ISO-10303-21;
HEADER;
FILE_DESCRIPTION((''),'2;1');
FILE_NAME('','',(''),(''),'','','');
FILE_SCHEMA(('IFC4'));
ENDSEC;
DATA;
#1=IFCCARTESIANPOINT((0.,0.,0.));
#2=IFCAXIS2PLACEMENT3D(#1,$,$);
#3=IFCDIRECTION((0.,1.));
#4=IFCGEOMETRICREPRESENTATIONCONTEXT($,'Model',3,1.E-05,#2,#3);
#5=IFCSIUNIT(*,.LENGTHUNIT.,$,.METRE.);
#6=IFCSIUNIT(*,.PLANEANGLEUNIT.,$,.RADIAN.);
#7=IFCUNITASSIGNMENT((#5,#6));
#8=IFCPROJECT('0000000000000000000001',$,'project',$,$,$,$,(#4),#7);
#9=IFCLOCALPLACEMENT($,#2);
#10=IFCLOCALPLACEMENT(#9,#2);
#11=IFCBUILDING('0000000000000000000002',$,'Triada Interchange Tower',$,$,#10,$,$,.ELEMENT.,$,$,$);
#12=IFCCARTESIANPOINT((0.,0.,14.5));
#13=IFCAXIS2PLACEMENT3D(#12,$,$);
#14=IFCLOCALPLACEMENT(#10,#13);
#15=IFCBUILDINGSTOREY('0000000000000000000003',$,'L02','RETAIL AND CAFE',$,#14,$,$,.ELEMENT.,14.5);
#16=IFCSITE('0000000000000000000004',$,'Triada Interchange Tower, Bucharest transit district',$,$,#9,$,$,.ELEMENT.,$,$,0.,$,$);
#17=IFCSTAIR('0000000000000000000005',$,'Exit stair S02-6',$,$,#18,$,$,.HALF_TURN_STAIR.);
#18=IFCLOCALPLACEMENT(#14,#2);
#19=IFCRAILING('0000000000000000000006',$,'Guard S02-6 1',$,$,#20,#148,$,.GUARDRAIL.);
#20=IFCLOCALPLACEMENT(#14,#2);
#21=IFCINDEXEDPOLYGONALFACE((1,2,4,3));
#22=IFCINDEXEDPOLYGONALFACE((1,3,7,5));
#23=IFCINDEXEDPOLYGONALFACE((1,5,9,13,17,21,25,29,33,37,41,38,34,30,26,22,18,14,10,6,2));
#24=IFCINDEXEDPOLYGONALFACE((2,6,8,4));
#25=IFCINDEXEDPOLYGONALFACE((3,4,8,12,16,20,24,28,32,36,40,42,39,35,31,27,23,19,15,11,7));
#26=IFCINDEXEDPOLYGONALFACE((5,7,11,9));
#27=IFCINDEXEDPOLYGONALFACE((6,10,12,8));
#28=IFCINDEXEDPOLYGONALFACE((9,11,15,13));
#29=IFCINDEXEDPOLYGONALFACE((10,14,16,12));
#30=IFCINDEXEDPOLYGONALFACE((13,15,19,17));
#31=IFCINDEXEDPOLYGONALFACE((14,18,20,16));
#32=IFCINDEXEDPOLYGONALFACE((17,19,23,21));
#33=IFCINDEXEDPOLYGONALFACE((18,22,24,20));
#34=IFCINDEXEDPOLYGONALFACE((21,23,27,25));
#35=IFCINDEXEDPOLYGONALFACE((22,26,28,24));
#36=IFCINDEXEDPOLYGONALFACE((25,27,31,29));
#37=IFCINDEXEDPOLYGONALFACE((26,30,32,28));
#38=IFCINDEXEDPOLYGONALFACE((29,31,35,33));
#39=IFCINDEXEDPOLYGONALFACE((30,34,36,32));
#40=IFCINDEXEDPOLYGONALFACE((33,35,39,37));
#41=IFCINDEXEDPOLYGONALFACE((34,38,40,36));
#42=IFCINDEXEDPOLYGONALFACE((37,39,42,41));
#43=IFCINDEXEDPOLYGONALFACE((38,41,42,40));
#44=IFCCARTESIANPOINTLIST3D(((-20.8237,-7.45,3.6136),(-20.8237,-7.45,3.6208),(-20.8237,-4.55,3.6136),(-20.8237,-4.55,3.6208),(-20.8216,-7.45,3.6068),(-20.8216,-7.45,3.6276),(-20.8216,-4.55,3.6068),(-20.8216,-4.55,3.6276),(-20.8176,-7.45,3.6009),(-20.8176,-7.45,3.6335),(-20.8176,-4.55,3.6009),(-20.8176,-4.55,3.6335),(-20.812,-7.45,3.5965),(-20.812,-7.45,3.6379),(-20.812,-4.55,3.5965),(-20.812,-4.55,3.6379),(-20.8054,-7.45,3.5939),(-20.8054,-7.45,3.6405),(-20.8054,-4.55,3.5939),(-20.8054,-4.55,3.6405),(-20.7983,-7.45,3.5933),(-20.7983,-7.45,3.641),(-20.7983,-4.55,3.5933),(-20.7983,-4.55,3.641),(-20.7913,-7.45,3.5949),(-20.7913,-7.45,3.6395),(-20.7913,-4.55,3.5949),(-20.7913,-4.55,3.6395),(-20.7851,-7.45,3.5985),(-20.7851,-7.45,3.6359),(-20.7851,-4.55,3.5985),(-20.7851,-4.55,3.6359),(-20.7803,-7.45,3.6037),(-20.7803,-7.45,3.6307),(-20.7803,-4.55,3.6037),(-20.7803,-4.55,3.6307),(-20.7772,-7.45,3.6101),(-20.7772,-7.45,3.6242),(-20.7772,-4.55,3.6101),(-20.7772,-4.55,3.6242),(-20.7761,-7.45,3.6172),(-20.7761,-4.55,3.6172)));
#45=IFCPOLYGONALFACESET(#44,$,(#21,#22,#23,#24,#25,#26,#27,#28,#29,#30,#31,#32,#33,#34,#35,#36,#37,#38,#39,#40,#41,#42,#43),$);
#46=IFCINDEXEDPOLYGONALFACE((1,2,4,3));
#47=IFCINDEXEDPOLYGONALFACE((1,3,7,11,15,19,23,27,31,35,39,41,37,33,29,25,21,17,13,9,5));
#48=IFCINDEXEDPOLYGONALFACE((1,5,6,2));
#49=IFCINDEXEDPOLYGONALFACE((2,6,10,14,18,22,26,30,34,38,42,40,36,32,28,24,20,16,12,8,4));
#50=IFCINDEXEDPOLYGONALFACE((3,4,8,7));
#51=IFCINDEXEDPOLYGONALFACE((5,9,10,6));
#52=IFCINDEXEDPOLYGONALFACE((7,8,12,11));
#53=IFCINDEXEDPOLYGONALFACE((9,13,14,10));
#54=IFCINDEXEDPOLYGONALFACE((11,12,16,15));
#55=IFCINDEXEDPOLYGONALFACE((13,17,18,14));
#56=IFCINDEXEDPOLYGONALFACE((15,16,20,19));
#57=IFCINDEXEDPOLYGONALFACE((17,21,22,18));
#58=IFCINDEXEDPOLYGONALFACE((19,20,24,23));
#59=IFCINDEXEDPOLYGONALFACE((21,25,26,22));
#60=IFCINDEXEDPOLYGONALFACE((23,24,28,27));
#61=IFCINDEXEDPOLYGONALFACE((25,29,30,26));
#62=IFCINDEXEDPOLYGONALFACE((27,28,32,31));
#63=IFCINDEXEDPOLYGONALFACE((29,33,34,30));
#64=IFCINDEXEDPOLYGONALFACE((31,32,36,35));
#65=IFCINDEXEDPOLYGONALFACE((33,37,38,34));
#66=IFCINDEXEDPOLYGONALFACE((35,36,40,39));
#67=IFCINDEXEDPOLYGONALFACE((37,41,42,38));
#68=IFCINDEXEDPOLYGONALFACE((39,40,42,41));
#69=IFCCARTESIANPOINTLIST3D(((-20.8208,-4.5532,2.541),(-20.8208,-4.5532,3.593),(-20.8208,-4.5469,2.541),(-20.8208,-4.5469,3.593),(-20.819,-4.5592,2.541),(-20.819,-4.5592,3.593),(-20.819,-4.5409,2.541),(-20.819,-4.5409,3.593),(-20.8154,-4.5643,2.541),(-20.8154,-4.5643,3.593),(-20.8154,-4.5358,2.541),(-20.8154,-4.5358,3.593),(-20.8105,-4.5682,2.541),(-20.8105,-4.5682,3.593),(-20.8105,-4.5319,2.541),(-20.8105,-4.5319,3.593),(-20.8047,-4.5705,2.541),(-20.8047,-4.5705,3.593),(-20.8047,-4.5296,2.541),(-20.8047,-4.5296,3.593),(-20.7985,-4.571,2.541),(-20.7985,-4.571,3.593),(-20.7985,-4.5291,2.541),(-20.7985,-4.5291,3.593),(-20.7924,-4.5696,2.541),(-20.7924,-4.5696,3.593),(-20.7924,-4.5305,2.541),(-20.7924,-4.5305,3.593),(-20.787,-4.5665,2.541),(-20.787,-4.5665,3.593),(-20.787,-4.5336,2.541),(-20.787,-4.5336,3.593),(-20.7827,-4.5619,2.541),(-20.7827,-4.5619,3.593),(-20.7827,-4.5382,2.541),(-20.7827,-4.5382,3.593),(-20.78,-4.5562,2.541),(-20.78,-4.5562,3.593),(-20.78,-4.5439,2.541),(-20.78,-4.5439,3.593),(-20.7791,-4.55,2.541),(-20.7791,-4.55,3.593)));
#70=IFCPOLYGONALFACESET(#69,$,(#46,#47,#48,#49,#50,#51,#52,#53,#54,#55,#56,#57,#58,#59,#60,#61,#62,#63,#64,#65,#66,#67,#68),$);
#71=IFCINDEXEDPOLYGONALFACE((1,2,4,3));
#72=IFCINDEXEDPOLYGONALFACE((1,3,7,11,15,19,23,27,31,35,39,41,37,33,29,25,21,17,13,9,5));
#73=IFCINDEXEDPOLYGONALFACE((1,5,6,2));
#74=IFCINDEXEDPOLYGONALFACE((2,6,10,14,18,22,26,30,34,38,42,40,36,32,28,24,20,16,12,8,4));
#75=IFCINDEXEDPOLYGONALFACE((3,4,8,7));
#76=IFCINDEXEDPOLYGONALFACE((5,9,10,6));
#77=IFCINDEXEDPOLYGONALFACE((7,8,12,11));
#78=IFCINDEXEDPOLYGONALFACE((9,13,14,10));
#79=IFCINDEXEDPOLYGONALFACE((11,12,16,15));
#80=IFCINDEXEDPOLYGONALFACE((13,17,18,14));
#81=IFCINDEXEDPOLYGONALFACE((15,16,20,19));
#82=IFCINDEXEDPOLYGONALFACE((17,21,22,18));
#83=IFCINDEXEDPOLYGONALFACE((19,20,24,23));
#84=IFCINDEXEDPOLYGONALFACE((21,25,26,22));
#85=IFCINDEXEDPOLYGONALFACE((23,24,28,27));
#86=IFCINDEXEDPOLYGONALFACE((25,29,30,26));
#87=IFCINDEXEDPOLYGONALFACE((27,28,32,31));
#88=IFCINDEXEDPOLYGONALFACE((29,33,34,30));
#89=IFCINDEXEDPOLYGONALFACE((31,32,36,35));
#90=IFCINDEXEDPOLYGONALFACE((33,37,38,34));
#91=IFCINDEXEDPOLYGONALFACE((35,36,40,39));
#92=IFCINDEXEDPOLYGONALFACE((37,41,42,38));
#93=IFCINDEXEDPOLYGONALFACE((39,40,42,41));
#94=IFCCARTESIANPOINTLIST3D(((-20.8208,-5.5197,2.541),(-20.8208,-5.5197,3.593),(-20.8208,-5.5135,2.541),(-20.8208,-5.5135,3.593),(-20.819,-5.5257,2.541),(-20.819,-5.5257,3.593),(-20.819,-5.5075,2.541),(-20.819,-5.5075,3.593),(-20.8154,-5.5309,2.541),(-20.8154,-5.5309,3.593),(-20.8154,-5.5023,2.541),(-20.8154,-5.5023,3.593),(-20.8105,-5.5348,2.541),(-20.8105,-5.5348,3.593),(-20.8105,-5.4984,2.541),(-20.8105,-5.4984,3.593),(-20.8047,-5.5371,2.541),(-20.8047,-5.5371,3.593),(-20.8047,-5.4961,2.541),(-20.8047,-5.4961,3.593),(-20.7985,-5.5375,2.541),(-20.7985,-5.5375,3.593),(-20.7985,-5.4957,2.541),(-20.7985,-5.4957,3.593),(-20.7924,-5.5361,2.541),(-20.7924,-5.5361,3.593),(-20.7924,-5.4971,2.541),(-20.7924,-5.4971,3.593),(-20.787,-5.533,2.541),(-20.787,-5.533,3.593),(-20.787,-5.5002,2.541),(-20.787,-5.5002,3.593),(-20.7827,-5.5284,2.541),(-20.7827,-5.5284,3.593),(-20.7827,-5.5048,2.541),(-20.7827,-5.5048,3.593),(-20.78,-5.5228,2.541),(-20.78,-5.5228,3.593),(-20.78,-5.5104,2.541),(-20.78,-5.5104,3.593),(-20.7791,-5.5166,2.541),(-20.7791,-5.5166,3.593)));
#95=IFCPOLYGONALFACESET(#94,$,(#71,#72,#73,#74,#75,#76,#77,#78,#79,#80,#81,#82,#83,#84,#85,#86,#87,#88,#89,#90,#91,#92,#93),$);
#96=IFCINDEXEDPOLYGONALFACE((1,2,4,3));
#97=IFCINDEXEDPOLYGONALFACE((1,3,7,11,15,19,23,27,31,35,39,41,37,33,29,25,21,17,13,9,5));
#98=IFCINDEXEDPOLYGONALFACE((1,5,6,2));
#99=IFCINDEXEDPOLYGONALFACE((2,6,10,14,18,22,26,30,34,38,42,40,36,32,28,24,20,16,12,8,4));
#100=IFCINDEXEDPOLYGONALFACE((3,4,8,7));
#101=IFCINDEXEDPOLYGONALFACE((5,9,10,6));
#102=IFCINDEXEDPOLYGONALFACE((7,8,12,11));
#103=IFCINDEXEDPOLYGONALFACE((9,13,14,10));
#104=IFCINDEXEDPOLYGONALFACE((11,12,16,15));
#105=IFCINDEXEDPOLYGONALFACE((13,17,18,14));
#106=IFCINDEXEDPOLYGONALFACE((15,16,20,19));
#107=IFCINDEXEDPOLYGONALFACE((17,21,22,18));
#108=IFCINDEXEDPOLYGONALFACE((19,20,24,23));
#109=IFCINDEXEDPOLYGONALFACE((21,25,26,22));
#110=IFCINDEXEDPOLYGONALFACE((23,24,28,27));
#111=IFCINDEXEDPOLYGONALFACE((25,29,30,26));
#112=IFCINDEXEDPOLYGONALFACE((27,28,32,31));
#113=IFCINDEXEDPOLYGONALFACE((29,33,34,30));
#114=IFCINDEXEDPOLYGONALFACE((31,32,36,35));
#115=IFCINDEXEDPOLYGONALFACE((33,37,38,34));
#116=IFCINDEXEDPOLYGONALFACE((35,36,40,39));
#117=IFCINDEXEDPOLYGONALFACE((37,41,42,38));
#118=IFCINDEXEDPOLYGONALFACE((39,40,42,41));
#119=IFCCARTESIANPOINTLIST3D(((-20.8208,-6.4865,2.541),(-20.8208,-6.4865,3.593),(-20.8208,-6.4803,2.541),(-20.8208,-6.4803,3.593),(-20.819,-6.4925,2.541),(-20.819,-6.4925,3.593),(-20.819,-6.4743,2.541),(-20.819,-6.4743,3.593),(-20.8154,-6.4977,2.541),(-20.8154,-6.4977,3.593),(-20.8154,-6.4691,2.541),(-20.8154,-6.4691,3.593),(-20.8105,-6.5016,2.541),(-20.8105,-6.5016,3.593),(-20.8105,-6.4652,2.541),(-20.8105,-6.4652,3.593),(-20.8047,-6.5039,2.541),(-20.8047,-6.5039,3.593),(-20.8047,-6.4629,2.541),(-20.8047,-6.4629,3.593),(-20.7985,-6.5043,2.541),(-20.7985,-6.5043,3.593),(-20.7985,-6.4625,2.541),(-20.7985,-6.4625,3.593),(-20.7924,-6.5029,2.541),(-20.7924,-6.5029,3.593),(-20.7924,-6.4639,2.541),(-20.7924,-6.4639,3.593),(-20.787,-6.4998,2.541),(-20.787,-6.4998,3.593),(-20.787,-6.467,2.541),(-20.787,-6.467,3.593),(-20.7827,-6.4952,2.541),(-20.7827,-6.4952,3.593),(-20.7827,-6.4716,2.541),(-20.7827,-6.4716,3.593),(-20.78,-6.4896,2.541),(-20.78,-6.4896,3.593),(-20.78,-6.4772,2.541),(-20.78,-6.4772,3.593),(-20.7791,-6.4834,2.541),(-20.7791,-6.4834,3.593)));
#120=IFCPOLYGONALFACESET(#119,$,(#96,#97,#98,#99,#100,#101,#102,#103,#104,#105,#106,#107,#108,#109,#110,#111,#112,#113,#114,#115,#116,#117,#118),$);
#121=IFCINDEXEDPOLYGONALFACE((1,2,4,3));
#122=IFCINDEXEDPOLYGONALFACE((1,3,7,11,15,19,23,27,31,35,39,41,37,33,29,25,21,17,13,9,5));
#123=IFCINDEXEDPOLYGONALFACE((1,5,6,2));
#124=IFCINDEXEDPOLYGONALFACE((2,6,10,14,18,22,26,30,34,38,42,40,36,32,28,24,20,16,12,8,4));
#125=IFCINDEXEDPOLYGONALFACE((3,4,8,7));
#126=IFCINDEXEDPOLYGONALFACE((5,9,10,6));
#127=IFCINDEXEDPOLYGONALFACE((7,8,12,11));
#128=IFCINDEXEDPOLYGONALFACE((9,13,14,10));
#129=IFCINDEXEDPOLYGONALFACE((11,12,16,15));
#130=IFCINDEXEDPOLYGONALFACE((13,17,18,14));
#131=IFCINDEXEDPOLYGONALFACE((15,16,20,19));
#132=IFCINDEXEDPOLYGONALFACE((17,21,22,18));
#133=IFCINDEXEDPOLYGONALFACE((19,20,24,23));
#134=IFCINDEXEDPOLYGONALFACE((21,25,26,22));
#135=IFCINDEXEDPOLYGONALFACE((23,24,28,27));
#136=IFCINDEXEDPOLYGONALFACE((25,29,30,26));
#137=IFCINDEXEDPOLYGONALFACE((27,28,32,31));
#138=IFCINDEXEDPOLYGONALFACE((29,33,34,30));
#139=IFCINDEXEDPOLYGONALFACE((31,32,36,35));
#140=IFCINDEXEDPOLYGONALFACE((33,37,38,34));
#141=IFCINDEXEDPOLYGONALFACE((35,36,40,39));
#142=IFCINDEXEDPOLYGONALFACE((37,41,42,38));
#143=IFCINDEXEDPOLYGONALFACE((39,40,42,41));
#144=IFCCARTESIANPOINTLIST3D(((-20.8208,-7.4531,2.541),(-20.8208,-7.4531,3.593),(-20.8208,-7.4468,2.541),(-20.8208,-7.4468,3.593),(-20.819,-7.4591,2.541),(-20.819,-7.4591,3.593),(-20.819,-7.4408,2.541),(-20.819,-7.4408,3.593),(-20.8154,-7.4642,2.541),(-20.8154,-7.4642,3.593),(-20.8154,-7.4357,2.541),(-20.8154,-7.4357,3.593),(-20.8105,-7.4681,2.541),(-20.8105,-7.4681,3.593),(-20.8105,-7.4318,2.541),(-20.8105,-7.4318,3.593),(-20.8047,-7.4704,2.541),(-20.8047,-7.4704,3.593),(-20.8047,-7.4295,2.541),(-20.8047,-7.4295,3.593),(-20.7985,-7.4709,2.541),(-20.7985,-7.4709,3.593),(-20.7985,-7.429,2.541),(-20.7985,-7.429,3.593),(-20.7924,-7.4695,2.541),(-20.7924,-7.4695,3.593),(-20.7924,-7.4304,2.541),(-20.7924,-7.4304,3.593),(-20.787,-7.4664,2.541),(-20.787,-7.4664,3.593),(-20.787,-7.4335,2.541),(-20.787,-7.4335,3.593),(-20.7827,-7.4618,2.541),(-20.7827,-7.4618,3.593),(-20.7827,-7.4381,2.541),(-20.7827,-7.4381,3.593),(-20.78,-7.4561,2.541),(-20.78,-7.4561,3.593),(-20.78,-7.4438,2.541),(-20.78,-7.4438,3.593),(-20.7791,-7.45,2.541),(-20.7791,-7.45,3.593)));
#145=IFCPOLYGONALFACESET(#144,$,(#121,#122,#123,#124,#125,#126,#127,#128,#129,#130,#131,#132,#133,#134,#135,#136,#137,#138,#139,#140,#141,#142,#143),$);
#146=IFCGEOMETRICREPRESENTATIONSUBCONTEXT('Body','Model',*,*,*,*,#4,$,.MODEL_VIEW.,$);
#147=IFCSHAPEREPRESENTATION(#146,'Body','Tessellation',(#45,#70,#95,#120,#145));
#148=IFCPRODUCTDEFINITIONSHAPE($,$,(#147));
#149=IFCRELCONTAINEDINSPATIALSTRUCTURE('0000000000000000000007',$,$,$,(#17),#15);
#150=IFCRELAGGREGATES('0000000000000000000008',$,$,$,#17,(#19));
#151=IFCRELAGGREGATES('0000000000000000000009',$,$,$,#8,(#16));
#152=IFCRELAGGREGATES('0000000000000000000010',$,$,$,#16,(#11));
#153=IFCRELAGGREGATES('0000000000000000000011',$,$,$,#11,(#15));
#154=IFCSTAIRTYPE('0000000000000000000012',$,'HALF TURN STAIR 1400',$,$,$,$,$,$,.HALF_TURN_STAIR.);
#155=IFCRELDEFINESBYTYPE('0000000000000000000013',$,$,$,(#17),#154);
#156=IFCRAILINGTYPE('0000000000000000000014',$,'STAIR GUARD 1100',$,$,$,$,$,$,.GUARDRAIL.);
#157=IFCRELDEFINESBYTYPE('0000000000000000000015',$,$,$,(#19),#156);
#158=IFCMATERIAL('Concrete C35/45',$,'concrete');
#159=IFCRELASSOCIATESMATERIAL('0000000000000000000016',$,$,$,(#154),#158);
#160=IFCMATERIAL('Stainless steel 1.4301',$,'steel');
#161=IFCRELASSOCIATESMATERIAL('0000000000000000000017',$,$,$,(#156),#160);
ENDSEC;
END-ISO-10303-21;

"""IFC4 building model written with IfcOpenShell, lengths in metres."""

from ifc_helpers import new_model, si_unit, direction, frame, origin, origin_2d, place, context, subcontext, project, spatial, circle, extrude, material, type_object, element, aggregate, save


model = new_model("IFC4")

# Units and contexts
model_context = context("Model", 3, precision=1e-05, world=origin(), true_north=direction((0.0, 1.0)))
body_context = subcontext(model_context, "Body", "Model", "MODEL_VIEW")
ifc_project = project(units=[si_unit("LENGTHUNIT", "METRE"), si_unit("PLANEANGLEUNIT", "RADIAN")], contexts=[model_context])

# Site, building, storey
site_placement = place(None, origin())
site = spatial("IfcSite", under=ifc_project, at=site_placement, Name="Triada Interchange Tower, Bucharest transit district", CompositionType="ELEMENT", RefElevation=0.0)
building_placement = place(site_placement, origin())
building = spatial("IfcBuilding", under=site, at=building_placement, Name="Triada Interchange Tower", CompositionType="ELEMENT")
storey_placement = place(building_placement, frame((0.0, 0.0, 14.5)))
storey = spatial("IfcBuildingStorey", under=building, at=storey_placement, Name="L02", Description="RETAIL AND CAFE", CompositionType="ELEMENT", Elevation=14.5)

# Shared definitions
ifc_material_1 = material(Name="Concrete C35/45", Category="concrete")

# Stair, railing
stair_type = type_object("IfcStairType", Name="HALF TURN STAIR 1400", PredefinedType="HALF_TURN_STAIR", material=ifc_material_1)
stair_placement = place(storey_placement, origin())
stair = element("IfcStair", 1, at=stair_placement, inside=storey, type_object=stair_type, Name="Exit stair S02-6", PredefinedType="HALF_TURN_STAIR")
ifc_material_2 = material(Name="Stainless steel 1.4301", Category="steel")
railing_type_1 = type_object("IfcRailingType", Name="STAIR GUARD 1100", PredefinedType="GUARDRAIL", material=ifc_material_2)
railing_1_placement = place(storey_placement, frame((-20.8, -4.55, 2.541)))
railing_1 = element("IfcRailing", 2, at=railing_1_placement, type_object=railing_type_1, Name="Guard S02-6 1", PredefinedType="GUARDRAIL", context=body_context, shape_type="SweptSolid", body=[
    extrude(circle(Radius=0.0239, at=origin_2d()), frame((0.0, 0.0, 1.0762), z_axis=(0.0, -1.0, 0.0), x_axis=(1.0, 0.0, 0.0)), (0.0, 0.0, 1.0), 2.8999),
    extrude(circle(Radius=0.021, at=origin_2d()), origin(), (0.0, 0.0, 1.0), 1.052),
    extrude(circle(Radius=0.021, at=origin_2d()), frame((0.0, -0.9666, 0.0)), (0.0, 0.0, 1.0), 1.052),
    extrude(circle(Radius=0.021, at=origin_2d()), frame((0.0, -1.9333, 0.0)), (0.0, 0.0, 1.0), 1.052),
    extrude(circle(Radius=0.021, at=origin_2d()), frame((0.0, -2.8999, 0.0)), (0.0, 0.0, 1.0), 1.052),
])
aggregate(stair, [railing_1])

save(model, "model.ifc")
